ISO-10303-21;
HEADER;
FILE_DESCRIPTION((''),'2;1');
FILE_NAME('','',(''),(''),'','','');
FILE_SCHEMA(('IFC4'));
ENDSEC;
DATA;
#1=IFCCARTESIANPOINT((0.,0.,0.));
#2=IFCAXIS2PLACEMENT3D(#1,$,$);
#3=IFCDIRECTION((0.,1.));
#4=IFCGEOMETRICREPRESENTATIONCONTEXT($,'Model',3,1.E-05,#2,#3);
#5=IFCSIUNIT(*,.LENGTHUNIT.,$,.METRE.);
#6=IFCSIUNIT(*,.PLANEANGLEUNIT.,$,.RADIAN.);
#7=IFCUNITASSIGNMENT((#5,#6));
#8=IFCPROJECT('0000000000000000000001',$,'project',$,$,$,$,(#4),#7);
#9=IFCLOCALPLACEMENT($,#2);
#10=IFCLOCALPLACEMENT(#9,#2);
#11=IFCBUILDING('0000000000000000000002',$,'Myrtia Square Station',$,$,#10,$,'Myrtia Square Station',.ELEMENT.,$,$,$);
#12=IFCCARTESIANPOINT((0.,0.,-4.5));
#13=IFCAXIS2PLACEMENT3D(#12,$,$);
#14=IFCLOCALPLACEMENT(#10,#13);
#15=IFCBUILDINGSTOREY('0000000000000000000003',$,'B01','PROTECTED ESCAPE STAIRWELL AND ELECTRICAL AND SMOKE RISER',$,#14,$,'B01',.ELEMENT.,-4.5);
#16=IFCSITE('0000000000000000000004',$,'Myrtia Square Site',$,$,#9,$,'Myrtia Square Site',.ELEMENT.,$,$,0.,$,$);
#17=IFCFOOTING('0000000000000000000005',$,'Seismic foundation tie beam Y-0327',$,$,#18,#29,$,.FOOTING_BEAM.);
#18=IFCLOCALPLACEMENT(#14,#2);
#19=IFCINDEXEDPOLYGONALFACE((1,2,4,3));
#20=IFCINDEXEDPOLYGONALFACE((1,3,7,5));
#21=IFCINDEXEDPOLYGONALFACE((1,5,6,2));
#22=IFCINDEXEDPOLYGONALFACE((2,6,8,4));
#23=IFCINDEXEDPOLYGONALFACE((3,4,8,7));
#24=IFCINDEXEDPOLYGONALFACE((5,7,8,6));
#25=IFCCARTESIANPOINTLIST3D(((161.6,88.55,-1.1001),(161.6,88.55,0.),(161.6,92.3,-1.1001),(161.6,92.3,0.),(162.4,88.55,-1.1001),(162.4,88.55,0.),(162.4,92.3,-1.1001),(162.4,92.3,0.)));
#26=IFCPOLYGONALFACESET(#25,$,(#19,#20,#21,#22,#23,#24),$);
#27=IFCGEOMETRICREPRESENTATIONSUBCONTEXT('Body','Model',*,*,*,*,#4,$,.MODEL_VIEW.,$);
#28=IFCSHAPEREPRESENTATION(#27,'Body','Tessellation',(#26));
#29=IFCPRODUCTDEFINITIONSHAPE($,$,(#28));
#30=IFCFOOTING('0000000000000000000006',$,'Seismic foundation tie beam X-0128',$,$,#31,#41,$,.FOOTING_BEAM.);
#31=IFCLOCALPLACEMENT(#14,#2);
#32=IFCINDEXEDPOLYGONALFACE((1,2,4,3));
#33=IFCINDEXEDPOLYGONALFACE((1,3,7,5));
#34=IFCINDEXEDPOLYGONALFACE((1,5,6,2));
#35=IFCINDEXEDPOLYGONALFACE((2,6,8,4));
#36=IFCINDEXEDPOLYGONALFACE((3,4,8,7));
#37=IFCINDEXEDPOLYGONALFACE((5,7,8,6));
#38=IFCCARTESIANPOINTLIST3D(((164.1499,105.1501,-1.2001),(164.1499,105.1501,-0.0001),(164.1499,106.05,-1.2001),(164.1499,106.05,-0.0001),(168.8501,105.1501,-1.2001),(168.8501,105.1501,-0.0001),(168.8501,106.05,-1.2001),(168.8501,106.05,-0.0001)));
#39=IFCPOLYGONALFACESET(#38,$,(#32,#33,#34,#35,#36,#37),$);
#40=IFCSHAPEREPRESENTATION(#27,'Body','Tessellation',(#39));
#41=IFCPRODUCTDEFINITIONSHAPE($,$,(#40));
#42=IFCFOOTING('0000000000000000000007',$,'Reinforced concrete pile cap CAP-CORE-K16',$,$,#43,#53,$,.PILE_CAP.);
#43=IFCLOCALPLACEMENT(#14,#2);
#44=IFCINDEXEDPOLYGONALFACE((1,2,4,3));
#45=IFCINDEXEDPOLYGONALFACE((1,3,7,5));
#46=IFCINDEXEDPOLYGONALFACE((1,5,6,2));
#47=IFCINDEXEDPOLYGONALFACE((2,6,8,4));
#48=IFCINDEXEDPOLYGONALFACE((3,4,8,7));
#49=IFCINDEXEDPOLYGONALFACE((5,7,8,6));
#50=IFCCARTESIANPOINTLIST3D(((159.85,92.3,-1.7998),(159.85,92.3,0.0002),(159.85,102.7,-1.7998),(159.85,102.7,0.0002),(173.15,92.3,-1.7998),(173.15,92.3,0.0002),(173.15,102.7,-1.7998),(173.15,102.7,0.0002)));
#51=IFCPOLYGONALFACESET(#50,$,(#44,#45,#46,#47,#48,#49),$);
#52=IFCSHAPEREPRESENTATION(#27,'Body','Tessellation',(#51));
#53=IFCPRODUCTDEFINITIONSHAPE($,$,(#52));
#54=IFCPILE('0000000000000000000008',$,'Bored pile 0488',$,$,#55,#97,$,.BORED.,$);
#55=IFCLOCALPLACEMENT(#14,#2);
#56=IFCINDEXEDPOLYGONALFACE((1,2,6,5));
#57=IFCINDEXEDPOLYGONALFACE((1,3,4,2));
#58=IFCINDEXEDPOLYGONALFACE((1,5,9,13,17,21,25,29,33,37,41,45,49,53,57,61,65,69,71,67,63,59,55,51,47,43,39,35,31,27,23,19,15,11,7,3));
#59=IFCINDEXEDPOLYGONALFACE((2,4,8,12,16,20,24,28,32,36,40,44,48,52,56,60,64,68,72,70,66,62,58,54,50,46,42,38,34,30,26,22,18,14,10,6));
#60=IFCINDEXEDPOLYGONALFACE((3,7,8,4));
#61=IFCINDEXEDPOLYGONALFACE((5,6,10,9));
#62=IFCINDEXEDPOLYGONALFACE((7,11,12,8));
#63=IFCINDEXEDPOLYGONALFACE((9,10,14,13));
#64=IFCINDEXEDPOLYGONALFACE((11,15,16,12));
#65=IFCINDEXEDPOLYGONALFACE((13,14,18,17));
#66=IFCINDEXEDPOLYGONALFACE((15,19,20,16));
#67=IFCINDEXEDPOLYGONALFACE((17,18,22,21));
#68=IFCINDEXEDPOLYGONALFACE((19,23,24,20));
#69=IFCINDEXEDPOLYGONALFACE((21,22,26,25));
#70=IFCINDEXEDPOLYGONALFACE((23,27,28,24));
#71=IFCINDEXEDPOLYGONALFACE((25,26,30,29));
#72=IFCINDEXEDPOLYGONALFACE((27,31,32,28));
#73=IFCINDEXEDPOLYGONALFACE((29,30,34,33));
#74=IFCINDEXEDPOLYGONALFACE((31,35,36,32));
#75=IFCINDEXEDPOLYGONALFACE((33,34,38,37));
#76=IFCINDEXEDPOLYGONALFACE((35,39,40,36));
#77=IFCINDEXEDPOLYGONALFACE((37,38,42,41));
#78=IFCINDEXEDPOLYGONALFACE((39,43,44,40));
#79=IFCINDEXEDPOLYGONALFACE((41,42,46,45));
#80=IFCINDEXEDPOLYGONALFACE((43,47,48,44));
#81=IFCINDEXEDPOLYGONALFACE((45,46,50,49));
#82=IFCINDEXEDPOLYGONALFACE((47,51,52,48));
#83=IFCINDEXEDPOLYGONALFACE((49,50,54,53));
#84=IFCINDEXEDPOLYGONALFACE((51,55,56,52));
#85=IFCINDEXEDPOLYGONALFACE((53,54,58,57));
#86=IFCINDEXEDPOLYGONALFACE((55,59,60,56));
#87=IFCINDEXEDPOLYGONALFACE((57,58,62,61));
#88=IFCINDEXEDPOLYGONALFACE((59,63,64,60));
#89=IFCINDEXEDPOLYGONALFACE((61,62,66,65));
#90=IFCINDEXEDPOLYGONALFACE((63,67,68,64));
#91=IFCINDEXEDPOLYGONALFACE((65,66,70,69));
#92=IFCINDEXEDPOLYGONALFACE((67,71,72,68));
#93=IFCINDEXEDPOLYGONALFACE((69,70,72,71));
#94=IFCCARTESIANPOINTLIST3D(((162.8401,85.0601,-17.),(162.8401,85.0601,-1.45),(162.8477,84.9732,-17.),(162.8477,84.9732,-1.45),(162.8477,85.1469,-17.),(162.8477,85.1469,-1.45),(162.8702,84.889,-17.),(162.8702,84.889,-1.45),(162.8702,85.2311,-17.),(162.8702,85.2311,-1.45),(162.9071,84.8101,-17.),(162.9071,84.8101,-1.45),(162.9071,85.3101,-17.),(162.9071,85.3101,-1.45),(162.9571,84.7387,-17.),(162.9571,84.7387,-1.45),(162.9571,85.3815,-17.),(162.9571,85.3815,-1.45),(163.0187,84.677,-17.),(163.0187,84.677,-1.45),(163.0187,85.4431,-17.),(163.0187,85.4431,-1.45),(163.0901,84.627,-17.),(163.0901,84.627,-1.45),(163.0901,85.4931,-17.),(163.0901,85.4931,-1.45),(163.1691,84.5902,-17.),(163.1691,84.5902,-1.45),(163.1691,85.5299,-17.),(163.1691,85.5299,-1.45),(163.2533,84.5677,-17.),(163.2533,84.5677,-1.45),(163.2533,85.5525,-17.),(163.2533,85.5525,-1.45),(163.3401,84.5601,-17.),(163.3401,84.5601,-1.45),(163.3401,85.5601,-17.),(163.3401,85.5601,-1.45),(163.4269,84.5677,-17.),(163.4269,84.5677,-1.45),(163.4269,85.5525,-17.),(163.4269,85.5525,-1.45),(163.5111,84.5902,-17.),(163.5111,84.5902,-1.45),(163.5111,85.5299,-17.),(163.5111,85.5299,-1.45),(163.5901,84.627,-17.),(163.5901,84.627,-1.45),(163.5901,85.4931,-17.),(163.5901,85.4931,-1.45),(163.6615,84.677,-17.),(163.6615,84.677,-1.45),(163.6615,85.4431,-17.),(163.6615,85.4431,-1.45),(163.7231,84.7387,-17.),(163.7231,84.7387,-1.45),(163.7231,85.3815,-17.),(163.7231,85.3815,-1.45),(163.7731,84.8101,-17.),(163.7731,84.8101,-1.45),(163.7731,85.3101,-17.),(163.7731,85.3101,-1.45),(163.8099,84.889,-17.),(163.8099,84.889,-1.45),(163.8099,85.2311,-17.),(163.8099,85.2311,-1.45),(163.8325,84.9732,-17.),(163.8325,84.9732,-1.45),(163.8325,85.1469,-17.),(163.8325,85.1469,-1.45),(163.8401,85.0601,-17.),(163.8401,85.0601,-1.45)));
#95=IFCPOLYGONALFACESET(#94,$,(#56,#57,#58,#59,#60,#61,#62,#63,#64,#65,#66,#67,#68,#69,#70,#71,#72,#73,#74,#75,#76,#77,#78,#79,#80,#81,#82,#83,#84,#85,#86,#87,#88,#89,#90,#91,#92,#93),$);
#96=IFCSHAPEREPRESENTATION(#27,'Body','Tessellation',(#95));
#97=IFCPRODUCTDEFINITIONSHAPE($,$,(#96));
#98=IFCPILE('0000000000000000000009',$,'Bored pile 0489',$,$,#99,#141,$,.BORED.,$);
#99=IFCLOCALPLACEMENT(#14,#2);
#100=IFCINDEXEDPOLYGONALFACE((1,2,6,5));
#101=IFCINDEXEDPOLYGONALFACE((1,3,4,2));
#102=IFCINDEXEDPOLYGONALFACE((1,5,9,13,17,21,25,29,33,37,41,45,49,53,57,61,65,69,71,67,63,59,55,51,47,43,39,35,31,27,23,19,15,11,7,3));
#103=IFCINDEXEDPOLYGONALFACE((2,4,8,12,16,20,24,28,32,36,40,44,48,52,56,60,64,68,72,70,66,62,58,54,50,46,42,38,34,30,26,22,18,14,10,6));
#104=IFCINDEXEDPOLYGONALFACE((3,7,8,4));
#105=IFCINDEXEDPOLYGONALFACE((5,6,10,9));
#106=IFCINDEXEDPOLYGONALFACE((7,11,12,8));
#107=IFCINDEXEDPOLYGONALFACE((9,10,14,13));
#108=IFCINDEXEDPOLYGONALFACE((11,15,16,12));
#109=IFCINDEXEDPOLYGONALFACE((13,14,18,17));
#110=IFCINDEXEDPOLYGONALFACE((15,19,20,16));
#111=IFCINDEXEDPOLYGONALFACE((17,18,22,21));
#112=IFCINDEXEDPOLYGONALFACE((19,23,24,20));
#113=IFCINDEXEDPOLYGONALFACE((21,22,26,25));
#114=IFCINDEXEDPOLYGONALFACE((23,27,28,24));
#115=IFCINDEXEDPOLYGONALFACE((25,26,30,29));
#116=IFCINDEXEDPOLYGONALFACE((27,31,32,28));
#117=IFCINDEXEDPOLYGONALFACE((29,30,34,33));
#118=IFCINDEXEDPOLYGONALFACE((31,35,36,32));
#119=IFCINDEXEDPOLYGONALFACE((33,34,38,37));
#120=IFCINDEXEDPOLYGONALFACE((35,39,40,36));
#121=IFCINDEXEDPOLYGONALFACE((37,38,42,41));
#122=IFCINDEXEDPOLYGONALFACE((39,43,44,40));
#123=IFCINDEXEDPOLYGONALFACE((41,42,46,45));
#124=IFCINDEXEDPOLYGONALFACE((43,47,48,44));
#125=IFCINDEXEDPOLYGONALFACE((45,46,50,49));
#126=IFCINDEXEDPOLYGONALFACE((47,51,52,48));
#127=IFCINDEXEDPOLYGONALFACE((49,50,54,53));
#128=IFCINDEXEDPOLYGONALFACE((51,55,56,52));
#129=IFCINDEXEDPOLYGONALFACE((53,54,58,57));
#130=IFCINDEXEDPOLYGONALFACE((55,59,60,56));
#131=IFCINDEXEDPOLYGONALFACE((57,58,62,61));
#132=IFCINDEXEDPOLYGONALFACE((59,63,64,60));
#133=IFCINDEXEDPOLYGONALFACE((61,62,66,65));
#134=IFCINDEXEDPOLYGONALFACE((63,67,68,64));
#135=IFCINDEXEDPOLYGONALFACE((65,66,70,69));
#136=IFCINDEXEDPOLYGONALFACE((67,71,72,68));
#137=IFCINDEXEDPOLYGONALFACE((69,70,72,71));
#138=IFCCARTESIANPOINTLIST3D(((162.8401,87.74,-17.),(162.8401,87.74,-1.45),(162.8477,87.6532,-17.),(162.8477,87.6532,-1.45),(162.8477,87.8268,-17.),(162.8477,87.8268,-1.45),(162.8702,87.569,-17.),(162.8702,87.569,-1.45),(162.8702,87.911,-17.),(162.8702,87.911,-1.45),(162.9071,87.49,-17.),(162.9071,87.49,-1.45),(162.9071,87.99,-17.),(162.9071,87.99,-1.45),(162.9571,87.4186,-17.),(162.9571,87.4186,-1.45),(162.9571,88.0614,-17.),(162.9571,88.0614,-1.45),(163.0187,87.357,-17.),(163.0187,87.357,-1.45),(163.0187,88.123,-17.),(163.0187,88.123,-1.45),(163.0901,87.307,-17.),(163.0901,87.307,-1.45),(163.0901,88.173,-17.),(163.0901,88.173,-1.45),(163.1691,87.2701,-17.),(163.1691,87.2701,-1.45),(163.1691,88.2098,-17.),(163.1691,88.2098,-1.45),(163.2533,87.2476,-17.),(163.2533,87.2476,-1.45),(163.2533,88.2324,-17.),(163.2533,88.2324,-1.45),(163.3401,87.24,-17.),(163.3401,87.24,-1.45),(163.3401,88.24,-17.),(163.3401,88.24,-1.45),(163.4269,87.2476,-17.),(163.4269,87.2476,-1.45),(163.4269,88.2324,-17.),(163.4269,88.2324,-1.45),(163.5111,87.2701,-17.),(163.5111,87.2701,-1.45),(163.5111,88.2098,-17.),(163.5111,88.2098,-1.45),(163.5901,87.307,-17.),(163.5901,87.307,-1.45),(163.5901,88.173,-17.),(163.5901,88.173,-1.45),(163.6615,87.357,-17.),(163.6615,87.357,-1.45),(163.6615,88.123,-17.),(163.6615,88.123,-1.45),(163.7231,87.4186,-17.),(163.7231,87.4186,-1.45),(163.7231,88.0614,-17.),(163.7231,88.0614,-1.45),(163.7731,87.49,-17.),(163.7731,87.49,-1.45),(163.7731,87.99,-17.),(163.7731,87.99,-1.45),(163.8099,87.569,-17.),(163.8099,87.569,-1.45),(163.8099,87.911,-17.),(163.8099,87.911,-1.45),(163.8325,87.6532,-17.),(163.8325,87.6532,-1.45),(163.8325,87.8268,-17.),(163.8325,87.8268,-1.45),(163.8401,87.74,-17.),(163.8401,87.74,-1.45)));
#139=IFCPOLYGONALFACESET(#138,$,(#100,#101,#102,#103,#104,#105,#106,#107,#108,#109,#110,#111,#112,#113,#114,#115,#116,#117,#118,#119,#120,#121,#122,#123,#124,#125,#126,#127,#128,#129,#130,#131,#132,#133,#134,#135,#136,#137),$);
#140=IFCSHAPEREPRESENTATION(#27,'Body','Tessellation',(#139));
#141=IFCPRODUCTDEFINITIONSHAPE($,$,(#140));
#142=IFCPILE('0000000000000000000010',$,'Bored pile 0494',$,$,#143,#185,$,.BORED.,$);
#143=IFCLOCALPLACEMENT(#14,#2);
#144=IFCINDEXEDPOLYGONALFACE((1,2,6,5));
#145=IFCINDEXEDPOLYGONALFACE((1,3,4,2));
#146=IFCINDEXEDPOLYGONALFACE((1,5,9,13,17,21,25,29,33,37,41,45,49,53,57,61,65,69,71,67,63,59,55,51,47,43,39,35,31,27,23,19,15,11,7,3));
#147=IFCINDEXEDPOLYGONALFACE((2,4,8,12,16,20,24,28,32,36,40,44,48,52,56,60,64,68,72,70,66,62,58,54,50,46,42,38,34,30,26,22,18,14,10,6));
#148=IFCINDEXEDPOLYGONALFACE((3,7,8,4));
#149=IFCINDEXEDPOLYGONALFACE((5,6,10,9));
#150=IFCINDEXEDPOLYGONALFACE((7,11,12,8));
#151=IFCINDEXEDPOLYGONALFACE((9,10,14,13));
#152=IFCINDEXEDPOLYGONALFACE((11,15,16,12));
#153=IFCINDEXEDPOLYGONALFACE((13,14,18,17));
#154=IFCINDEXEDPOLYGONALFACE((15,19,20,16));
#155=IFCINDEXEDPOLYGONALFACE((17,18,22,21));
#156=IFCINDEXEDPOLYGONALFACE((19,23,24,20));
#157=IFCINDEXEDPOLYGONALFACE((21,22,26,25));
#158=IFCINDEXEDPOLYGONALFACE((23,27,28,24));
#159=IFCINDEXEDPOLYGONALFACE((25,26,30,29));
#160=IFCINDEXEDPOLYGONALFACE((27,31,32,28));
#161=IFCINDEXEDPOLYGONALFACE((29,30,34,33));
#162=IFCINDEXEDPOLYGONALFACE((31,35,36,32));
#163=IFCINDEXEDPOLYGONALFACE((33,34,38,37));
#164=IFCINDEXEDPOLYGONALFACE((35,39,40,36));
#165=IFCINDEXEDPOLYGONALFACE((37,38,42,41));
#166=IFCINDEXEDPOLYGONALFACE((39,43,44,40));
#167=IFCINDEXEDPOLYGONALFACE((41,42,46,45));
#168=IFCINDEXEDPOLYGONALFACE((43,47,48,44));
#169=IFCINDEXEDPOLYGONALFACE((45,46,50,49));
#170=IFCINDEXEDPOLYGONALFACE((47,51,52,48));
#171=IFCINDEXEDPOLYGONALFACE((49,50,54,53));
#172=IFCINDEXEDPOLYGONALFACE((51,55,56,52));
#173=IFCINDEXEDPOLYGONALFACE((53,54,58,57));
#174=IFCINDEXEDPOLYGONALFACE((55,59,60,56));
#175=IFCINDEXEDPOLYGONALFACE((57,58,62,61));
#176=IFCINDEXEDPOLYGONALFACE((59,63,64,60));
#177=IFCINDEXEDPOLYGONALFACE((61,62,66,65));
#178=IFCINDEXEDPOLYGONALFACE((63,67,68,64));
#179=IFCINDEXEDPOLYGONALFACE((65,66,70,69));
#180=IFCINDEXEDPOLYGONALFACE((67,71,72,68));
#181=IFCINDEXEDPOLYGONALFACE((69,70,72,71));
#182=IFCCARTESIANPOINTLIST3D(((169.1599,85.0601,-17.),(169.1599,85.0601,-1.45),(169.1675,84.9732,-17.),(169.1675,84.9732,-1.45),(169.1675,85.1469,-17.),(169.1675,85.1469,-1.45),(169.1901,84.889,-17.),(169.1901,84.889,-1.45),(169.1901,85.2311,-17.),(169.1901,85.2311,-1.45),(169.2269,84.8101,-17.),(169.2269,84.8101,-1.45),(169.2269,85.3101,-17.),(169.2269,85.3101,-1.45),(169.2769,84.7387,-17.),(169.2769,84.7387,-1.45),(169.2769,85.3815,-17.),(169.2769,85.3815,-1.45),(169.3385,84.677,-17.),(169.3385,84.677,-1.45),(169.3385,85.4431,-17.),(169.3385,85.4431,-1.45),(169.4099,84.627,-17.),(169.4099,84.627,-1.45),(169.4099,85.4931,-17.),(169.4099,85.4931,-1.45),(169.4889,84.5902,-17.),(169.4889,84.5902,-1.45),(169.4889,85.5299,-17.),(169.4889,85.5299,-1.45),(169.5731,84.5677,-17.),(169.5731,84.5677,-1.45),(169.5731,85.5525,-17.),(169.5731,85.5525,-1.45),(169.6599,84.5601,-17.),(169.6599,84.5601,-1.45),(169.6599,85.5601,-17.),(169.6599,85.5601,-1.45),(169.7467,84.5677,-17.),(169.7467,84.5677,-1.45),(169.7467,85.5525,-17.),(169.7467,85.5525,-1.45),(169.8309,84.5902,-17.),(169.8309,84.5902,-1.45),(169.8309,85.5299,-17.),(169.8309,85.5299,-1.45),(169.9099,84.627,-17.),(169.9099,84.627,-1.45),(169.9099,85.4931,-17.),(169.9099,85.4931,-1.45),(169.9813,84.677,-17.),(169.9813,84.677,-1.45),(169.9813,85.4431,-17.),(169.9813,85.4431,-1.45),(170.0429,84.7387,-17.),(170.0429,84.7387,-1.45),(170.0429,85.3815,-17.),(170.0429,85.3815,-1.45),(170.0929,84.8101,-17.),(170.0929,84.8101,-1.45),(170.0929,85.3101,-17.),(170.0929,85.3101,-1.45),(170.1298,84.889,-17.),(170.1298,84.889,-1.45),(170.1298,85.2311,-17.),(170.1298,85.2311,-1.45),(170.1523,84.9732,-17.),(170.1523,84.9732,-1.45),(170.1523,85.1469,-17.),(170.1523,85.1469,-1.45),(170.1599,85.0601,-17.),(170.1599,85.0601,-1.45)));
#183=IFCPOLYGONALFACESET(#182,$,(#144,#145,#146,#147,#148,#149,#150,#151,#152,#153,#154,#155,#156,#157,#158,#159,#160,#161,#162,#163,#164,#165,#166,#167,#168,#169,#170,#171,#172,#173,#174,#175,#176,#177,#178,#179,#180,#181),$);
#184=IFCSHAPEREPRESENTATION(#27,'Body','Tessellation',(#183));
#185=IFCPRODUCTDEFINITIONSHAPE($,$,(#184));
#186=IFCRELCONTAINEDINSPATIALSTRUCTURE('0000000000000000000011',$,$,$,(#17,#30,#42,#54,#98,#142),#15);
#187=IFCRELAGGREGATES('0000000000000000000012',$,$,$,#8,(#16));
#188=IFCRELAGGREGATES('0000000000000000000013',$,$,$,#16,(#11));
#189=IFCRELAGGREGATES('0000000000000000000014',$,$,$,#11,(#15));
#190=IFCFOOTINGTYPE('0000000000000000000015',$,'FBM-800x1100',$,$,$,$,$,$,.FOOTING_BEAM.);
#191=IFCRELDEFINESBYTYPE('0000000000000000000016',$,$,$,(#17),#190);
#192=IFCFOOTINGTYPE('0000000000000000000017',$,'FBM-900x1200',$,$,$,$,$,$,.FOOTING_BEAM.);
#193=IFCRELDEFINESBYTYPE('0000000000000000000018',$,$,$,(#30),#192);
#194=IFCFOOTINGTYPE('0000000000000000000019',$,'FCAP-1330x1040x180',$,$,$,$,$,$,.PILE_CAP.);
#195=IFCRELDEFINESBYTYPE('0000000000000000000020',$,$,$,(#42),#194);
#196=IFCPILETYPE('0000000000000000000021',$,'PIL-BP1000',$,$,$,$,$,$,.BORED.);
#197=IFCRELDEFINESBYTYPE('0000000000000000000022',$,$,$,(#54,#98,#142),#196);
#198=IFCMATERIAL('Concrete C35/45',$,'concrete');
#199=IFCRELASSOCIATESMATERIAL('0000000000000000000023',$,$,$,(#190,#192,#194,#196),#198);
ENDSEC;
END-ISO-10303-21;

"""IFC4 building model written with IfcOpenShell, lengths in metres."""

from ifc_helpers import new_model, si_unit, direction, frame, origin, origin_2d, place, context, subcontext, project, spatial, rectangle, circle, extrude, material, material_profile, profile_set, type_object, element, save


model = new_model("IFC4")

# Units and contexts
model_context = context("Model", 3, precision=1e-05, world=origin(), true_north=direction((0.0, 1.0)))
body_context = subcontext(model_context, "Body", "Model", "MODEL_VIEW")
ifc_project = project(units=[si_unit("LENGTHUNIT", "METRE"), si_unit("PLANEANGLEUNIT", "RADIAN")], contexts=[model_context])

# Site, building, storey
site_placement = place(None, origin())
site = spatial("IfcSite", under=ifc_project, at=site_placement, Name="Myrtia Square Site", LongName="Myrtia Square Site", CompositionType="ELEMENT", RefElevation=0.0)
building_placement = place(site_placement, origin())
building = spatial("IfcBuilding", under=site, at=building_placement, Name="Myrtia Square Station", LongName="Myrtia Square Station", CompositionType="ELEMENT")
storey_placement = place(building_placement, frame((0.0, 0.0, -4.5)))
storey = spatial("IfcBuildingStorey", under=building, at=storey_placement, Name="B01", Description="PROTECTED ESCAPE STAIRWELL AND ELECTRICAL AND SMOKE RISER", LongName="B01", CompositionType="ELEMENT", Elevation=-4.5)

# Footings
ifc_material_1 = material(Name="Concrete C35/45", Category="concrete")
ifc_material_profile_1 = material_profile(ifc_material_1, rectangle(XDim=0.8, YDim=1.1001, at=origin_2d()), Name="FB 800x1100")
ifc_profile_set_1 = profile_set([ifc_material_profile_1], Name="Concrete C35/45")
footing_type_1 = type_object("IfcFootingType", Name="FBM-800x1100", PredefinedType="FOOTING_BEAM", material=ifc_profile_set_1)
footing_1_placement = place(storey_placement, frame((162.0, 88.55, -0.55), z_axis=(0.0, 1.0, 0.0), x_axis=(-1.0, 0.0, 0.0)))
element("IfcFooting", 1, at=footing_1_placement, inside=storey, type_object=footing_type_1, Name="Seismic foundation tie beam Y-0327", PredefinedType="FOOTING_BEAM", context=body_context, shape_type="SweptSolid", body=[
    extrude(rectangle(XDim=0.8, YDim=1.1001, at=origin_2d()), origin(), (0.0, 0.0, 1.0), 3.75),
])
ifc_material_profile_2 = material_profile(ifc_material_1, rectangle(XDim=0.8999, YDim=1.2, at=origin_2d()), Name="FB 900x1200")
ifc_profile_set_2 = profile_set([ifc_material_profile_2], Name="Concrete C35/45")
footing_type_2 = type_object("IfcFootingType", Name="FBM-900x1200", PredefinedType="FOOTING_BEAM", material=ifc_profile_set_2)
footing_2_placement = place(storey_placement, frame((164.1499, 105.6001, -0.6001), z_axis=(1.0, 0.0, 0.0), x_axis=(0.0, 1.0, 0.0)))
element("IfcFooting", 2, at=footing_2_placement, inside=storey, type_object=footing_type_2, Name="Seismic foundation tie beam X-0128", PredefinedType="FOOTING_BEAM", context=body_context, shape_type="SweptSolid", body=[
    extrude(rectangle(XDim=0.8999, YDim=1.2, at=origin_2d()), origin(), (0.0, 0.0, 1.0), 4.7002),
])
footing_type_3 = type_object("IfcFootingType", Name="FCAP-1330x1040x180", PredefinedType="PILE_CAP", material=ifc_material_1)
footing_3_placement = place(storey_placement, frame((166.5, 97.5, -1.7998), z_axis=(0.0, 0.0, 1.0), x_axis=(1.0, 0.0, 0.0)))
element("IfcFooting", 3, at=footing_3_placement, inside=storey, type_object=footing_type_3, Name="Reinforced concrete pile cap CAP-CORE-K16", PredefinedType="PILE_CAP", context=body_context, shape_type="SweptSolid", body=[
    extrude(rectangle(XDim=13.3, YDim=10.3999, at=origin_2d()), origin(), (0.0, 0.0, 1.0), 1.8),
])

# Piles
ifc_material_profile_3 = material_profile(ifc_material_1, circle(Radius=0.5, at=origin_2d()), Name="BP D1000")
ifc_profile_set_3 = profile_set([ifc_material_profile_3], Name="Concrete C35/45")
pile_type_1 = type_object("IfcPileType", Name="PIL-BP1000", PredefinedType="BORED", material=ifc_profile_set_3)
for number, where, z_axis, x_axis, name in (
    (4, (163.3401, 85.0601, -1.45), (0.0, 0.0, -1.0), (1.0, 0.0, 0.0), "Bored pile 0488"),
    (5, (163.3401, 87.74, -1.45), (0.0, 0.0, -1.0), (1.0, 0.0, 0.0), "Bored pile 0489"),
    (6, (169.6599, 85.0601, -1.45), (0.0, 0.0, -1.0), (1.0, 0.0, 0.0), "Bored pile 0494"),
):
    element("IfcPile", number, at=place(storey_placement, frame(where, z_axis=z_axis, x_axis=x_axis)), inside=storey, type_object=pile_type_1, Name=name, PredefinedType="BORED", context=body_context, shape_type="SweptSolid", body=[
        extrude(circle(Radius=0.5, at=origin_2d()), origin(), (0.0, 0.0, 1.0), 15.55),
    ])

save(model, "model.ifc")
